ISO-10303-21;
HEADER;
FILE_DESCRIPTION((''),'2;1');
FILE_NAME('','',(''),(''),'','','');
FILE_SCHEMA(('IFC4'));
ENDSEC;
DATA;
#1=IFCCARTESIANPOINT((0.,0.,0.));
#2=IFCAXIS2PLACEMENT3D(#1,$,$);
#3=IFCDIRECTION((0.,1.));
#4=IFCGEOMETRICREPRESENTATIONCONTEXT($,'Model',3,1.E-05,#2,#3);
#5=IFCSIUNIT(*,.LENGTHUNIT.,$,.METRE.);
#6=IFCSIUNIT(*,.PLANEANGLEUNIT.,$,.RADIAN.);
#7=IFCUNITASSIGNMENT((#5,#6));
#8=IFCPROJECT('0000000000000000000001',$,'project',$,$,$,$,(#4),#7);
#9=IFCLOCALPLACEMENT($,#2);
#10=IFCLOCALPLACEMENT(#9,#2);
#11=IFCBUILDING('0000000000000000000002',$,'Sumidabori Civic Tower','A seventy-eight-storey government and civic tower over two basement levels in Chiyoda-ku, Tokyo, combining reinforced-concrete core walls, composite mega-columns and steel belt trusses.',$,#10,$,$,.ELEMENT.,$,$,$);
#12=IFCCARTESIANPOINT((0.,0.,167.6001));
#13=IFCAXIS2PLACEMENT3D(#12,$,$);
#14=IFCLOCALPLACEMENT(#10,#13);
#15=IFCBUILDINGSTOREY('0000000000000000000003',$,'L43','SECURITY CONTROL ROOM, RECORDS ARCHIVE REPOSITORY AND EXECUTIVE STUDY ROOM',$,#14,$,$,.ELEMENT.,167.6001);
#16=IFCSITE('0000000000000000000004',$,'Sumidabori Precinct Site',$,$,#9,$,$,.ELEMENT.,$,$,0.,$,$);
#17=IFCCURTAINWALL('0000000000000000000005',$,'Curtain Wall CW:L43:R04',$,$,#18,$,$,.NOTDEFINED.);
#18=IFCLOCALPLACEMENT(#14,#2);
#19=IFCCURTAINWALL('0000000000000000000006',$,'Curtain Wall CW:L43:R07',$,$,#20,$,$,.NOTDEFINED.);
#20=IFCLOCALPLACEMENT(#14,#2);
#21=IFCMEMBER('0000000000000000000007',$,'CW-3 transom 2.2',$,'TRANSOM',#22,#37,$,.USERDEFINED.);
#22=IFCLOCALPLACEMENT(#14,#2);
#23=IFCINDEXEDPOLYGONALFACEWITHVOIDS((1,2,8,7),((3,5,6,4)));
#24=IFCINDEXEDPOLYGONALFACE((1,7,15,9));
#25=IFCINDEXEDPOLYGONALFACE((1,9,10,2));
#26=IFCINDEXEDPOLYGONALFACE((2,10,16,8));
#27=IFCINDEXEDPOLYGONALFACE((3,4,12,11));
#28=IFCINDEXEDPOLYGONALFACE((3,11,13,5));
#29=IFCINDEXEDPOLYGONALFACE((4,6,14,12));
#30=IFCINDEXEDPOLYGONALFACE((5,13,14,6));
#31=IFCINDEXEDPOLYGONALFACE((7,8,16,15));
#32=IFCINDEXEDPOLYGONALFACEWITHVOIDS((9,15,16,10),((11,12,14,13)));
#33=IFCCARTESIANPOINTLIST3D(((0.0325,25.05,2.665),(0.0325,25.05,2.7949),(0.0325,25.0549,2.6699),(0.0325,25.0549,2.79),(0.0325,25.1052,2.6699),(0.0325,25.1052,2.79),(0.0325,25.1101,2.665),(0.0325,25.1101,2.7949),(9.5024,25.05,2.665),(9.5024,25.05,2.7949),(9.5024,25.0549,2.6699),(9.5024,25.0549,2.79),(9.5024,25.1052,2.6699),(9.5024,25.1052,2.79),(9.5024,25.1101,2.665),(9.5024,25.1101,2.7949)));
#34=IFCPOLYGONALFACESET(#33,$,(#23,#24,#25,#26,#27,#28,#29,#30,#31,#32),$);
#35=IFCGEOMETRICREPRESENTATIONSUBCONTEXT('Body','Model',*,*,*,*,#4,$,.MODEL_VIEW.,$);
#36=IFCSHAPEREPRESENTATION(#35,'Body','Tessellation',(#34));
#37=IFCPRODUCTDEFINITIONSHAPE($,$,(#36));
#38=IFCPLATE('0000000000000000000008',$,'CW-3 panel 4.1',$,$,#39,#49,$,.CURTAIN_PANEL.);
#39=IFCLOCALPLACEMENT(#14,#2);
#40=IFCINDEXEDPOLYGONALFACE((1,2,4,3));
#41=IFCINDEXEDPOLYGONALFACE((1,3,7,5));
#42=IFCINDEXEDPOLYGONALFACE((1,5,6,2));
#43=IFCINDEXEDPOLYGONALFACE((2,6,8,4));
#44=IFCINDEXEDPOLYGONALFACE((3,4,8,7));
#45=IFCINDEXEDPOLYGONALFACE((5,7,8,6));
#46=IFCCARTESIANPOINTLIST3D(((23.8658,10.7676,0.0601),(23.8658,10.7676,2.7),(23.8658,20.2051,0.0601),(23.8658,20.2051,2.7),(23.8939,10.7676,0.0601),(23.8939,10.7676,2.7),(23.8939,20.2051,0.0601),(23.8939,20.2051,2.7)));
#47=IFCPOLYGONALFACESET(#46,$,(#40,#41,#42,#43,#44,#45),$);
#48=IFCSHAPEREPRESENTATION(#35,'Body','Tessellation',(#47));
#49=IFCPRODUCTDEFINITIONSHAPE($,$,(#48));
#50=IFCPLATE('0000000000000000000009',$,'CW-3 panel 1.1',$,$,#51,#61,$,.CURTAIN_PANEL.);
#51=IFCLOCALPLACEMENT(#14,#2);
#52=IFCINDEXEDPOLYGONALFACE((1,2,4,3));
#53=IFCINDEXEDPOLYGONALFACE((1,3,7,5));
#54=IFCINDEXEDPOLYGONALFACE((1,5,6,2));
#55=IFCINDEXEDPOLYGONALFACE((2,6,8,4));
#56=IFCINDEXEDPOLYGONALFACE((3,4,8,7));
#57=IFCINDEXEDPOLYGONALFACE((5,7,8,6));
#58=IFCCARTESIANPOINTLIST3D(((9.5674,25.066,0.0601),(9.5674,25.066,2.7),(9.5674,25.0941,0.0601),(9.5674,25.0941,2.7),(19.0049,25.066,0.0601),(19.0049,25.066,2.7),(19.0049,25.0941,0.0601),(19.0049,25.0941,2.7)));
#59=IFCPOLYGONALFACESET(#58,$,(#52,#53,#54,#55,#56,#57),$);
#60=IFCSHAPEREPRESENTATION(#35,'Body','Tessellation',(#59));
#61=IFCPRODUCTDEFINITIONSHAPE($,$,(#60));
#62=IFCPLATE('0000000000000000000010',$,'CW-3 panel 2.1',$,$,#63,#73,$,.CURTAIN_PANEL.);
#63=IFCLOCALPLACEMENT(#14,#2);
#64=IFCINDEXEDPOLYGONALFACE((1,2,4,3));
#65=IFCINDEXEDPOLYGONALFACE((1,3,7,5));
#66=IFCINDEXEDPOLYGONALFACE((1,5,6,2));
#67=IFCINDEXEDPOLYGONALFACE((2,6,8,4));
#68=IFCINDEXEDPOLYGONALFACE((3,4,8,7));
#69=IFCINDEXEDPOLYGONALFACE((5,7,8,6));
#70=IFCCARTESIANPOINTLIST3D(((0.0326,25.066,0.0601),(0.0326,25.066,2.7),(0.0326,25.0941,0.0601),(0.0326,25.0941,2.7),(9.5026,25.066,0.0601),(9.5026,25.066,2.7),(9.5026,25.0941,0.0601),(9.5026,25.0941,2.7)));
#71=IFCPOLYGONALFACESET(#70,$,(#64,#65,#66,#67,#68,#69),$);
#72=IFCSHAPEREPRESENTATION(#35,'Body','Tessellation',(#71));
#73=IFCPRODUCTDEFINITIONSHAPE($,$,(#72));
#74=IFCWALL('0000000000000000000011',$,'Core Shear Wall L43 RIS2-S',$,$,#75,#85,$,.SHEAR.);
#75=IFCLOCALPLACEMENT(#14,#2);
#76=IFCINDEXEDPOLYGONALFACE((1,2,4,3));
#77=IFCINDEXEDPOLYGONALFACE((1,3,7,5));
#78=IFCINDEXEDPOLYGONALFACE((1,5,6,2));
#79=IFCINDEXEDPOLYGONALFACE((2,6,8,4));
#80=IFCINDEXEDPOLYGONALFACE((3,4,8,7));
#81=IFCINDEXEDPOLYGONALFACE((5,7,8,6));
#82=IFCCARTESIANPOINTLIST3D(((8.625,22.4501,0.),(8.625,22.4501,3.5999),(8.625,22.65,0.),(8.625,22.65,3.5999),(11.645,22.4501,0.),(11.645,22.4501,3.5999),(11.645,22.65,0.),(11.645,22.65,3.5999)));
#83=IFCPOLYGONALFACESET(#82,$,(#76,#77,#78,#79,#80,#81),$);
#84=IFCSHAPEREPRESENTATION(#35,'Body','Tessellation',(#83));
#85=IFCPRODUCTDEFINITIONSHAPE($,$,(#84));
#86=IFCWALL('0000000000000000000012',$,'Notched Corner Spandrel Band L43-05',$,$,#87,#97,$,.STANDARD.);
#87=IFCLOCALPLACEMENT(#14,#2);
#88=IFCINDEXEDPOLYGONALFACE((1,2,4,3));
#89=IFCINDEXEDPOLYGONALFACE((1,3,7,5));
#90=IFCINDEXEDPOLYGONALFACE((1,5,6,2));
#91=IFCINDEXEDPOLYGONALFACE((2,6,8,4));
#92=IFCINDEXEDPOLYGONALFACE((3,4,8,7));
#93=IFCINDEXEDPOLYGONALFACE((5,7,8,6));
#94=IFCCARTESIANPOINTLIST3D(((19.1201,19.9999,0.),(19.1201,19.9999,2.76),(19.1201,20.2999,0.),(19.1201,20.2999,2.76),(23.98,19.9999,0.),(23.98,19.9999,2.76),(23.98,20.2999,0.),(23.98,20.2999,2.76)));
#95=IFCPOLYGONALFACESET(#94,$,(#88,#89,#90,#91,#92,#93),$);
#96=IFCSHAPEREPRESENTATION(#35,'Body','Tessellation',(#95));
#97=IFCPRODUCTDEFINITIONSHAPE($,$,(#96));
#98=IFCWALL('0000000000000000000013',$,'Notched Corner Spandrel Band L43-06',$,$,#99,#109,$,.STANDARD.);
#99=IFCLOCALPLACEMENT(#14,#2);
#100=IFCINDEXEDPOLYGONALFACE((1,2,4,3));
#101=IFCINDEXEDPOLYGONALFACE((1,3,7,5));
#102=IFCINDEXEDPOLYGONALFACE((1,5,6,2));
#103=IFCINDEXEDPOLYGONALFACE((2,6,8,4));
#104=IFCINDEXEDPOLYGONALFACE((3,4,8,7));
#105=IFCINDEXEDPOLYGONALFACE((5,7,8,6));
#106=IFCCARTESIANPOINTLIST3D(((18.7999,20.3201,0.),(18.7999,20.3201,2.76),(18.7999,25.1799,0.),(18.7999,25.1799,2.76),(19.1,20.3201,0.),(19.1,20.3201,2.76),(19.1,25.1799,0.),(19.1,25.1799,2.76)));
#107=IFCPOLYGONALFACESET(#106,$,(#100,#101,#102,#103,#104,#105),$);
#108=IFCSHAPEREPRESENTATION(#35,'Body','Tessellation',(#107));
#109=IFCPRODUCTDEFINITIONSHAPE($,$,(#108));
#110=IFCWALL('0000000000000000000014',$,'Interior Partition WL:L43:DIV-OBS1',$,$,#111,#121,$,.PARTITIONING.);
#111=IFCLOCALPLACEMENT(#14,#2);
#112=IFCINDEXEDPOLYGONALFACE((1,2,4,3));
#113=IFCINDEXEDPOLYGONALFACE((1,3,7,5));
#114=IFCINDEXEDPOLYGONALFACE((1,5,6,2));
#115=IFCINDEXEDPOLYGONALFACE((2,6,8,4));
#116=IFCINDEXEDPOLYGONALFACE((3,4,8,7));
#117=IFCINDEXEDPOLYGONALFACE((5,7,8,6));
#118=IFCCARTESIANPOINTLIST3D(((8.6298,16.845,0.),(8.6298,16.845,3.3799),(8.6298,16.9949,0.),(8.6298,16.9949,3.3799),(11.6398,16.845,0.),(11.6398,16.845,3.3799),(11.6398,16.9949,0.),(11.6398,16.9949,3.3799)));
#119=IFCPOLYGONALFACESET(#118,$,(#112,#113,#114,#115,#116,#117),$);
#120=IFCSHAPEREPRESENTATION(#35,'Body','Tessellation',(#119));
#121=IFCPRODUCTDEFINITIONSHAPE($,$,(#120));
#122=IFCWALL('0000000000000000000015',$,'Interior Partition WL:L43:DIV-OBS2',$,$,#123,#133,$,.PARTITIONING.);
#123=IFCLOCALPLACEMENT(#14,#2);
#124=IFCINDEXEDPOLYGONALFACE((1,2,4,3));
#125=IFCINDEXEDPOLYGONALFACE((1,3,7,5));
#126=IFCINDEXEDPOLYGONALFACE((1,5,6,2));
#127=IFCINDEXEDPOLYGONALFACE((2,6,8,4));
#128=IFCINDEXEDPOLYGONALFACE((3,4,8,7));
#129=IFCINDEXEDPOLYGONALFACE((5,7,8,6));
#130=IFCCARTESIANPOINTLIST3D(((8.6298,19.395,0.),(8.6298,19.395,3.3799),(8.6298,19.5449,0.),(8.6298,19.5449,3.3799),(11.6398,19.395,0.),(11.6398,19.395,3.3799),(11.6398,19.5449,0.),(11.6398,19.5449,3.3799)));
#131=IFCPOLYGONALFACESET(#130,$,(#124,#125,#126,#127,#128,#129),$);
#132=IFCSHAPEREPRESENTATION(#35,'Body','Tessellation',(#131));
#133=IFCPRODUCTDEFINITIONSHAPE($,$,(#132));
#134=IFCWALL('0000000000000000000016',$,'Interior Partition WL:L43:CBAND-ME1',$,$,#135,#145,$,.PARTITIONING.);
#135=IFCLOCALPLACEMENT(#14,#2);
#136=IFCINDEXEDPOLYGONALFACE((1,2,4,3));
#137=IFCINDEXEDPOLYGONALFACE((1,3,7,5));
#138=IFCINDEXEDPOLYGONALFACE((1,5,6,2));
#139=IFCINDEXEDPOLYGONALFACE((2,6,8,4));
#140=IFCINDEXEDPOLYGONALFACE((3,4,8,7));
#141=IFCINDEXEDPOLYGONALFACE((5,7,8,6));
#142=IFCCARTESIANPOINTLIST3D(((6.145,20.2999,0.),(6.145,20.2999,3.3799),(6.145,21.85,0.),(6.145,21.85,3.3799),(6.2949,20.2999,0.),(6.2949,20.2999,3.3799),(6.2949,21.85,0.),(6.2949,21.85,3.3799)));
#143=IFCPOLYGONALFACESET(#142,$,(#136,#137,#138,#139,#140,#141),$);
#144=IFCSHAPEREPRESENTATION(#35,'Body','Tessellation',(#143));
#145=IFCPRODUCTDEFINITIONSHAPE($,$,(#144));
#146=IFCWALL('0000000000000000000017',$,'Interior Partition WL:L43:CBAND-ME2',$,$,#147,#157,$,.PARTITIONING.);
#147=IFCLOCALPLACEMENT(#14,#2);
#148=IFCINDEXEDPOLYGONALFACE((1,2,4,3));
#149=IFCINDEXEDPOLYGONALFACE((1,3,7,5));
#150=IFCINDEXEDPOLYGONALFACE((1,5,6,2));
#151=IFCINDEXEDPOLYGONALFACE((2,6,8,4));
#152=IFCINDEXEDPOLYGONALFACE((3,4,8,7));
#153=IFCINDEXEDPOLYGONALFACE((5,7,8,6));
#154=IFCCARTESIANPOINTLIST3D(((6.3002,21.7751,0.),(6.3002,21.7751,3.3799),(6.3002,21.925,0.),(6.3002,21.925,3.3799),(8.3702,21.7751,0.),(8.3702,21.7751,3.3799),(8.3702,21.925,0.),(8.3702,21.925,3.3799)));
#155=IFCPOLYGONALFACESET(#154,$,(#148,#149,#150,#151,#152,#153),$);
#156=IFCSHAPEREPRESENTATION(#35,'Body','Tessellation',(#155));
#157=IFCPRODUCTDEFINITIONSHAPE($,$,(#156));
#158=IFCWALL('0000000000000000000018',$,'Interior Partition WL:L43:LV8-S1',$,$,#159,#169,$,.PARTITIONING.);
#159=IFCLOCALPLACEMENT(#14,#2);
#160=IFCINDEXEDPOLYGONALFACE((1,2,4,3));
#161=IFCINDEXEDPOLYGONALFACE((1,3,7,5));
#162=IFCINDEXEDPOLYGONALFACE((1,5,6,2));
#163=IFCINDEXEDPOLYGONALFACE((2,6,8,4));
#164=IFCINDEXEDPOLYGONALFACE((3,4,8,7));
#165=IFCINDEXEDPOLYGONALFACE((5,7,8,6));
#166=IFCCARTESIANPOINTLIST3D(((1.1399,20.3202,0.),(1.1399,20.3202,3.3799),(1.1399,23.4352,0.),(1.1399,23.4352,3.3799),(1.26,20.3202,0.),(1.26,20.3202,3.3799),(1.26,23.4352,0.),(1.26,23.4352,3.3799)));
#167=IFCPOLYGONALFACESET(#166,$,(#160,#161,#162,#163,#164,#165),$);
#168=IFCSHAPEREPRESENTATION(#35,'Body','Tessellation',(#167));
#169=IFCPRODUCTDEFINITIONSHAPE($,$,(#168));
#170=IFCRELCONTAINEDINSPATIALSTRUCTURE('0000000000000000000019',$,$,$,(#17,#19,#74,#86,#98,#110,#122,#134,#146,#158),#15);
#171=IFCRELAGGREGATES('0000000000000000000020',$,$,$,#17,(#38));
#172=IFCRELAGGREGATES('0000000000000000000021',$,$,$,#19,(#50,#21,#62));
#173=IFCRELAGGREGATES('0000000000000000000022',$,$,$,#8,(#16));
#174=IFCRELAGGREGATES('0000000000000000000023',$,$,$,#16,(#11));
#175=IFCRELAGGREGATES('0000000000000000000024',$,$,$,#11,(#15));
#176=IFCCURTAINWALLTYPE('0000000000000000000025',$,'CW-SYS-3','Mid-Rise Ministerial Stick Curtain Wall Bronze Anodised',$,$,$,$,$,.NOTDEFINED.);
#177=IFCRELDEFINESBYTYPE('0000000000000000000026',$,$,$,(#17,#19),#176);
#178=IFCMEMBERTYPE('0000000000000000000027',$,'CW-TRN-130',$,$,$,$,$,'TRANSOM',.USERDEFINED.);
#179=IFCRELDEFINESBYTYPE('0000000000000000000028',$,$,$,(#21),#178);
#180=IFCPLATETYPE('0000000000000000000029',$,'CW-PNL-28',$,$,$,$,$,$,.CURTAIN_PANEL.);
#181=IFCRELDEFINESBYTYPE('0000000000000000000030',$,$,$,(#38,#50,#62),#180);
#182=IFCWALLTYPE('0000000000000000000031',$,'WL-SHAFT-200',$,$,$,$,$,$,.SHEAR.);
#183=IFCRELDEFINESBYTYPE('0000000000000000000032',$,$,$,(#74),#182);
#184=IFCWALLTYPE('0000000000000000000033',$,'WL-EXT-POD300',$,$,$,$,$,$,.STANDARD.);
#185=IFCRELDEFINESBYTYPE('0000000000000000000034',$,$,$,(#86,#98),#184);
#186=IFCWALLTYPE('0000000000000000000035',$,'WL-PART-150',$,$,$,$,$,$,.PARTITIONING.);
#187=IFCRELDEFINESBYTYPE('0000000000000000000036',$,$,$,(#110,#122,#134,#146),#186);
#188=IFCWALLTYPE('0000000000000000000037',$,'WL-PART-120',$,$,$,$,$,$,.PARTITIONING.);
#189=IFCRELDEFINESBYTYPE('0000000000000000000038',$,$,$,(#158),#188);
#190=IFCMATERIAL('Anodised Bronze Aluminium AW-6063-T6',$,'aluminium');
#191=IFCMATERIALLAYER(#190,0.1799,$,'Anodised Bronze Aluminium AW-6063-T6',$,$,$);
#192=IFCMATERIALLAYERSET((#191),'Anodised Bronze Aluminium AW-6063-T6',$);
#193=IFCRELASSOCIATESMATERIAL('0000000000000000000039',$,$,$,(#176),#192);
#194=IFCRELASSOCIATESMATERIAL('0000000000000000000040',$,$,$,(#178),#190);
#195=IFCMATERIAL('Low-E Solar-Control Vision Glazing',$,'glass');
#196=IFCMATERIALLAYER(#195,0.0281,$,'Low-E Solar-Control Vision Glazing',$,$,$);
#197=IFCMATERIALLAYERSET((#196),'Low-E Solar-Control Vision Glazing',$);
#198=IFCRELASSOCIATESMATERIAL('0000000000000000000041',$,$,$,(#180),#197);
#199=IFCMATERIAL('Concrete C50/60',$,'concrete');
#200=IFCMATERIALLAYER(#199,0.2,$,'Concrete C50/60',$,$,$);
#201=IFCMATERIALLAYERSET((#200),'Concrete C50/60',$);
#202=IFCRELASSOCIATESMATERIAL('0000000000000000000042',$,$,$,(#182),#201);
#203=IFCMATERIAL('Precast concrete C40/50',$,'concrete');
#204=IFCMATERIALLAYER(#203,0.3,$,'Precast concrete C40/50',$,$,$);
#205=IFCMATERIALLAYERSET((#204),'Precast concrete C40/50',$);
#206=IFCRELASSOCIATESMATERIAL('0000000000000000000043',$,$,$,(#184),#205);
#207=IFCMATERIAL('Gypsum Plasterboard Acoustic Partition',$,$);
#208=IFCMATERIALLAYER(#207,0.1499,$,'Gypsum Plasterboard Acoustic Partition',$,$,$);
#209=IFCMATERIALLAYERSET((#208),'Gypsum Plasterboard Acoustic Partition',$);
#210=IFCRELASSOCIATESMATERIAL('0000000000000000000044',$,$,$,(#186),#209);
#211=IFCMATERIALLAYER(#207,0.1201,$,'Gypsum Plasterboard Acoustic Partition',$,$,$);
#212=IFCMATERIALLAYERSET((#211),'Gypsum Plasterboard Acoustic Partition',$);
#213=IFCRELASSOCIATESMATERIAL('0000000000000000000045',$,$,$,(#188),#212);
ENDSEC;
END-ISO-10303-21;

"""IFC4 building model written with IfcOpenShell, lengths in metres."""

from ifc_helpers import new_model, si_unit, direction, frame, frame_2d, origin, origin_2d, place, context, subcontext, project, spatial, rectangle, hollow_rectangle, extrude, source, transform, mapped, material, layer, layer_set, material_profile, profile_set, type_object, element, aggregate, save


model = new_model("IFC4")

# Units and contexts
model_context = context("Model", 3, precision=1e-05, world=origin(), true_north=direction((0.0, 1.0)))
body_context = subcontext(model_context, "Body", "Model", "MODEL_VIEW")
ifc_project = project(units=[si_unit("LENGTHUNIT", "METRE"), si_unit("PLANEANGLEUNIT", "RADIAN")], contexts=[model_context])

# Site, building, storey
site_placement = place(None, origin())
site = spatial("IfcSite", under=ifc_project, at=site_placement, Name="Sumidabori Precinct Site", CompositionType="ELEMENT", RefElevation=0.0)
building_placement = place(site_placement, origin())
building = spatial("IfcBuilding", under=site, at=building_placement, Name="Sumidabori Civic Tower", Description="A seventy-eight-storey government and civic tower over two basement levels in Chiyoda-ku, Tokyo, combining reinforced-concrete core walls, composite mega-columns and steel belt trusses.", CompositionType="ELEMENT")
storey_placement = place(building_placement, frame((0.0, 0.0, 167.6001)))
storey = spatial("IfcBuildingStorey", under=building, at=storey_placement, Name="L43", Description="SECURITY CONTROL ROOM, RECORDS ARCHIVE REPOSITORY AND EXECUTIVE STUDY ROOM", CompositionType="ELEMENT", Elevation=167.6001)

# Curtain wall
ifc_material_1 = material(Name="Anodised Bronze Aluminium AW-6063-T6", Category="aluminium")
ifc_layer_1 = layer(ifc_material_1, 0.1799, Name="Anodised Bronze Aluminium AW-6063-T6")
ifc_layer_set_1 = layer_set([ifc_layer_1], Name="Anodised Bronze Aluminium AW-6063-T6")
curtain_wall_type = type_object("IfcCurtainWallType", Name="CW-SYS-3", Description="Mid-Rise Ministerial Stick Curtain Wall Bronze Anodised", PredefinedType="NOTDEFINED", material=ifc_layer_set_1)
curtain_wall_1_placement = place(storey_placement, origin())
curtain_wall_1 = element("IfcCurtainWall", 1, at=curtain_wall_1_placement, inside=storey, type_object=curtain_wall_type, Name="Curtain Wall CW:L43:R04", PredefinedType="NOTDEFINED")

# Curtain wall, member
curtain_wall_2_placement = place(storey_placement, origin())
curtain_wall_2 = element("IfcCurtainWall", 2, at=curtain_wall_2_placement, inside=storey, type_object=curtain_wall_type, Name="Curtain Wall CW:L43:R07", PredefinedType="NOTDEFINED")
ifc_material_profile_1 = material_profile(ifc_material_1, hollow_rectangle(XDim=0.0601, YDim=0.1299, WallThickness=0.0049, at=origin_2d()), Name="ALU TRANSOM 130x60")
ifc_profile_set_1 = profile_set([ifc_material_profile_1], Name="Anodised Bronze Aluminium AW-6063-T6")
member_type_1 = type_object("IfcMemberType", Name="CW-TRN-130", ElementType="TRANSOM", PredefinedType="USERDEFINED", material=ifc_profile_set_1)
shared_shape_1 = source(origin(), body_context, "Body", "SweptSolid", [
    extrude(hollow_rectangle(XDim=0.0601, YDim=0.1299, WallThickness=0.0049, at=origin_2d()), origin(), (0.0, 0.0, 1.0), 9.47),
])
member_1_placement = place(storey_placement, frame((9.5024, 25.0801, 2.73), z_axis=(-1.0, 0.0, 0.0), x_axis=(0.0, -1.0, 0.0)))
member_1 = element("IfcMember", 3, at=member_1_placement, type_object=member_type_1, Name="CW-3 transom 2.2", ObjectType="TRANSOM", PredefinedType="USERDEFINED", context=body_context, shape_type="MappedRepresentation", body=[
    mapped(shared_shape_1, transform((0.0, 0.0, 0.0), x_axis=(1.0, 0.0, 0.0), y_axis=(0.0, 1.0, 0.0), z_axis=(0.0, 0.0, 1.0), scale=1.0)),
])

# Plates
ifc_material_2 = material(Name="Low-E Solar-Control Vision Glazing", Category="glass")
ifc_layer_2 = layer(ifc_material_2, 0.0281, Name="Low-E Solar-Control Vision Glazing")
ifc_layer_set_2 = layer_set([ifc_layer_2], Name="Low-E Solar-Control Vision Glazing")
plate_type = type_object("IfcPlateType", Name="CW-PNL-28", PredefinedType="CURTAIN_PANEL", material=ifc_layer_set_2)
shared_shape_2 = source(origin(), body_context, "Body", "SweptSolid", [
    extrude(rectangle(XDim=9.4375, YDim=0.0281, at=origin_2d()), origin(), (0.0, 0.0, 1.0), 2.6399),
])
plate_1_placement = place(storey_placement, frame((23.8799, 15.4863, 0.0601), z_axis=(0.0, 0.0, 1.0), x_axis=(0.0, 1.0, 0.0)))
plate_1 = element("IfcPlate", 4, at=plate_1_placement, type_object=plate_type, Name="CW-3 panel 4.1", PredefinedType="CURTAIN_PANEL", context=body_context, shape_type="MappedRepresentation", body=[
    mapped(shared_shape_2, transform((0.0, 0.0, 0.0), x_axis=(1.0, 0.0, 0.0), y_axis=(0.0, 1.0, 0.0), z_axis=(0.0, 0.0, 1.0), scale=1.0)),
])
aggregate(curtain_wall_1, [plate_1])
plate_2_placement = place(storey_placement, frame((14.2861, 25.0801, 0.0601), z_axis=(0.0, 0.0, 1.0), x_axis=(-1.0, 0.0, 0.0)))
plate_2 = element("IfcPlate", 5, at=plate_2_placement, type_object=plate_type, Name="CW-3 panel 1.1", PredefinedType="CURTAIN_PANEL", context=body_context, shape_type="MappedRepresentation", body=[
    mapped(shared_shape_2, transform((0.0, 0.0, 0.0), x_axis=(1.0, 0.0, 0.0), y_axis=(0.0, 1.0, 0.0), z_axis=(0.0, 0.0, 1.0), scale=1.0)),
])
shared_shape_3 = source(origin(), body_context, "Body", "SweptSolid", [
    extrude(rectangle(XDim=9.47, YDim=0.0281, at=origin_2d()), origin(), (0.0, 0.0, 1.0), 2.6399),
])
plate_3_placement = place(storey_placement, frame((4.7676, 25.0801, 0.0601), z_axis=(0.0, 0.0, 1.0), x_axis=(-1.0, 0.0, 0.0)))
plate_3 = element("IfcPlate", 6, at=plate_3_placement, type_object=plate_type, Name="CW-3 panel 2.1", PredefinedType="CURTAIN_PANEL", context=body_context, shape_type="MappedRepresentation", body=[
    mapped(shared_shape_3, transform((0.0, 0.0, 0.0), x_axis=(1.0, 0.0, 0.0), y_axis=(0.0, 1.0, 0.0), z_axis=(0.0, 0.0, 1.0), scale=1.0)),
])
aggregate(curtain_wall_2, [plate_2, member_1, plate_3])

# Walls
ifc_material_3 = material(Name="Concrete C50/60", Category="concrete")
ifc_layer_3 = layer(ifc_material_3, 0.2, Name="Concrete C50/60")
ifc_layer_set_3 = layer_set([ifc_layer_3], Name="Concrete C50/60")
wall_type_1 = type_object("IfcWallType", Name="WL-SHAFT-200", PredefinedType="SHEAR", material=ifc_layer_set_3)
shared_shape_4 = source(origin(), body_context, "Body", "SweptSolid", [
    extrude(rectangle(XDim=3.02, YDim=0.2, at=frame_2d((1.51, 0.0))), origin(), (0.0, 0.0, 1.0), 3.5999),
])
wall_1_placement = place(storey_placement, frame((8.625, 22.55, 0.0), z_axis=(0.0, 0.0, 1.0), x_axis=(1.0, 0.0, 0.0)))
element("IfcWall", 7, at=wall_1_placement, inside=storey, type_object=wall_type_1, Name="Core Shear Wall L43 RIS2-S", PredefinedType="SHEAR", context=body_context, shape_type="MappedRepresentation", body=[
    mapped(shared_shape_4, transform((0.0, 0.0, 0.0), x_axis=(1.0, 0.0, 0.0), y_axis=(0.0, 1.0, 0.0), z_axis=(0.0, 0.0, 1.0), scale=1.0)),
])
ifc_material_4 = material(Name="Precast concrete C40/50", Category="concrete")
ifc_layer_4 = layer(ifc_material_4, 0.3, Name="Precast concrete C40/50")
ifc_layer_set_4 = layer_set([ifc_layer_4], Name="Precast concrete C40/50")
wall_type_2 = type_object("IfcWallType", Name="WL-EXT-POD300", PredefinedType="STANDARD", material=ifc_layer_set_4)
shared_shape_5 = source(origin(), body_context, "Body", "SweptSolid", [
    extrude(rectangle(XDim=4.8599, YDim=0.3, at=frame_2d((2.4299, 0.0))), origin(), (0.0, 0.0, 1.0), 2.76),
])
for number, where, z_axis, x_axis, name in (
    (8, (23.98, 20.1499, 0.0), (0.0, 0.0, 1.0), (-1.0, 0.0, 0.0), "Notched Corner Spandrel Band L43-05"),
    (9, (18.95, 20.3201, 0.0), (0.0, 0.0, 1.0), (0.0, 1.0, 0.0), "Notched Corner Spandrel Band L43-06"),
):
    element("IfcWall", number, at=place(storey_placement, frame(where, z_axis=z_axis, x_axis=x_axis)), inside=storey, type_object=wall_type_2, Name=name, PredefinedType="STANDARD", context=body_context, shape_type="MappedRepresentation", body=[
        mapped(shared_shape_5, transform((0.0, 0.0, 0.0), x_axis=(1.0, 0.0, 0.0), y_axis=(0.0, 1.0, 0.0), z_axis=(0.0, 0.0, 1.0), scale=1.0)),
    ])
ifc_material_5 = material(Name="Gypsum Plasterboard Acoustic Partition")
ifc_layer_5 = layer(ifc_material_5, 0.1499, Name="Gypsum Plasterboard Acoustic Partition")
ifc_layer_set_5 = layer_set([ifc_layer_5], Name="Gypsum Plasterboard Acoustic Partition")
wall_type_3 = type_object("IfcWallType", Name="WL-PART-150", PredefinedType="PARTITIONING", material=ifc_layer_set_5)
shared_shape_6 = source(origin(), body_context, "Body", "SweptSolid", [
    extrude(rectangle(XDim=3.01, YDim=0.1499, at=frame_2d((1.5049, 0.0))), origin(), (0.0, 0.0, 1.0), 3.3799),
])
for number, where, z_axis, x_axis, name in (
    (10, (8.6299, 16.9199, 0.0), (0.0, 0.0, 1.0), (1.0, 0.0, 0.0), "Interior Partition WL:L43:DIV-OBS1"),
    (11, (8.6299, 19.47, 0.0), (0.0, 0.0, 1.0), (1.0, 0.0, 0.0), "Interior Partition WL:L43:DIV-OBS2"),
):
    element("IfcWall", number, at=place(storey_placement, frame(where, z_axis=z_axis, x_axis=x_axis)), inside=storey, type_object=wall_type_3, Name=name, PredefinedType="PARTITIONING", context=body_context, shape_type="MappedRepresentation", body=[
        mapped(shared_shape_6, transform((0.0, 0.0, 0.0), x_axis=(1.0, 0.0, 0.0), y_axis=(0.0, 1.0, 0.0), z_axis=(0.0, 0.0, 1.0), scale=1.0)),
    ])
shared_shape_7 = source(origin(), body_context, "Body", "SweptSolid", [
    extrude(rectangle(XDim=1.55, YDim=0.1499, at=frame_2d((0.7749, 0.0))), origin(), (0.0, 0.0, 1.0), 3.3799),
])
wall_2_placement = place(storey_placement, frame((6.22, 20.3, 0.0), z_axis=(0.0, 0.0, 1.0), x_axis=(0.0, 1.0, 0.0)))
element("IfcWall", 12, at=wall_2_placement, inside=storey, type_object=wall_type_3, Name="Interior Partition WL:L43:CBAND-ME1", PredefinedType="PARTITIONING", context=body_context, shape_type="MappedRepresentation", body=[
    mapped(shared_shape_7, transform((0.0, 0.0, 0.0), x_axis=(1.0, 0.0, 0.0), y_axis=(0.0, 1.0, 0.0), z_axis=(0.0, 0.0, 1.0), scale=1.0)),
])
shared_shape_8 = source(origin(), body_context, "Body", "SweptSolid", [
    extrude(rectangle(XDim=2.0701, YDim=0.1499, at=frame_2d((1.0352, 0.0))), origin(), (0.0, 0.0, 1.0), 3.3799),
])
wall_3_placement = place(storey_placement, frame((6.3, 21.8501, 0.0), z_axis=(0.0, 0.0, 1.0), x_axis=(1.0, 0.0, 0.0)))
element("IfcWall", 13, at=wall_3_placement, inside=storey, type_object=wall_type_3, Name="Interior Partition WL:L43:CBAND-ME2", PredefinedType="PARTITIONING", context=body_context, shape_type="MappedRepresentation", body=[
    mapped(shared_shape_8, transform((0.0, 0.0, 0.0), x_axis=(1.0, 0.0, 0.0), y_axis=(0.0, 1.0, 0.0), z_axis=(0.0, 0.0, 1.0), scale=1.0)),
])
ifc_layer_6 = layer(ifc_material_5, 0.1201, Name="Gypsum Plasterboard Acoustic Partition")
ifc_layer_set_6 = layer_set([ifc_layer_6], Name="Gypsum Plasterboard Acoustic Partition")
wall_type_4 = type_object("IfcWallType", Name="WL-PART-120", PredefinedType="PARTITIONING", material=ifc_layer_set_6)
shared_shape_9 = source(origin(), body_context, "Body", "SweptSolid", [
    extrude(rectangle(XDim=3.115, YDim=0.1201, at=frame_2d((1.5576, 0.0))), origin(), (0.0, 0.0, 1.0), 3.3799),
])
for number, where, z_axis, x_axis, name in (
    (14, (1.2, 20.3201, 0.0), (0.0, 0.0, 1.0), (0.0, 1.0, 0.0), "Interior Partition WL:L43:LV8-S1"),
):
    element("IfcWall", number, at=place(storey_placement, frame(where, z_axis=z_axis, x_axis=x_axis)), inside=storey, type_object=wall_type_4, Name=name, PredefinedType="PARTITIONING", context=body_context, shape_type="MappedRepresentation", body=[
        mapped(shared_shape_9, transform((0.0, 0.0, 0.0), x_axis=(1.0, 0.0, 0.0), y_axis=(0.0, 1.0, 0.0), z_axis=(0.0, 0.0, 1.0), scale=1.0)),
    ])

save(model, "model.ifc")
